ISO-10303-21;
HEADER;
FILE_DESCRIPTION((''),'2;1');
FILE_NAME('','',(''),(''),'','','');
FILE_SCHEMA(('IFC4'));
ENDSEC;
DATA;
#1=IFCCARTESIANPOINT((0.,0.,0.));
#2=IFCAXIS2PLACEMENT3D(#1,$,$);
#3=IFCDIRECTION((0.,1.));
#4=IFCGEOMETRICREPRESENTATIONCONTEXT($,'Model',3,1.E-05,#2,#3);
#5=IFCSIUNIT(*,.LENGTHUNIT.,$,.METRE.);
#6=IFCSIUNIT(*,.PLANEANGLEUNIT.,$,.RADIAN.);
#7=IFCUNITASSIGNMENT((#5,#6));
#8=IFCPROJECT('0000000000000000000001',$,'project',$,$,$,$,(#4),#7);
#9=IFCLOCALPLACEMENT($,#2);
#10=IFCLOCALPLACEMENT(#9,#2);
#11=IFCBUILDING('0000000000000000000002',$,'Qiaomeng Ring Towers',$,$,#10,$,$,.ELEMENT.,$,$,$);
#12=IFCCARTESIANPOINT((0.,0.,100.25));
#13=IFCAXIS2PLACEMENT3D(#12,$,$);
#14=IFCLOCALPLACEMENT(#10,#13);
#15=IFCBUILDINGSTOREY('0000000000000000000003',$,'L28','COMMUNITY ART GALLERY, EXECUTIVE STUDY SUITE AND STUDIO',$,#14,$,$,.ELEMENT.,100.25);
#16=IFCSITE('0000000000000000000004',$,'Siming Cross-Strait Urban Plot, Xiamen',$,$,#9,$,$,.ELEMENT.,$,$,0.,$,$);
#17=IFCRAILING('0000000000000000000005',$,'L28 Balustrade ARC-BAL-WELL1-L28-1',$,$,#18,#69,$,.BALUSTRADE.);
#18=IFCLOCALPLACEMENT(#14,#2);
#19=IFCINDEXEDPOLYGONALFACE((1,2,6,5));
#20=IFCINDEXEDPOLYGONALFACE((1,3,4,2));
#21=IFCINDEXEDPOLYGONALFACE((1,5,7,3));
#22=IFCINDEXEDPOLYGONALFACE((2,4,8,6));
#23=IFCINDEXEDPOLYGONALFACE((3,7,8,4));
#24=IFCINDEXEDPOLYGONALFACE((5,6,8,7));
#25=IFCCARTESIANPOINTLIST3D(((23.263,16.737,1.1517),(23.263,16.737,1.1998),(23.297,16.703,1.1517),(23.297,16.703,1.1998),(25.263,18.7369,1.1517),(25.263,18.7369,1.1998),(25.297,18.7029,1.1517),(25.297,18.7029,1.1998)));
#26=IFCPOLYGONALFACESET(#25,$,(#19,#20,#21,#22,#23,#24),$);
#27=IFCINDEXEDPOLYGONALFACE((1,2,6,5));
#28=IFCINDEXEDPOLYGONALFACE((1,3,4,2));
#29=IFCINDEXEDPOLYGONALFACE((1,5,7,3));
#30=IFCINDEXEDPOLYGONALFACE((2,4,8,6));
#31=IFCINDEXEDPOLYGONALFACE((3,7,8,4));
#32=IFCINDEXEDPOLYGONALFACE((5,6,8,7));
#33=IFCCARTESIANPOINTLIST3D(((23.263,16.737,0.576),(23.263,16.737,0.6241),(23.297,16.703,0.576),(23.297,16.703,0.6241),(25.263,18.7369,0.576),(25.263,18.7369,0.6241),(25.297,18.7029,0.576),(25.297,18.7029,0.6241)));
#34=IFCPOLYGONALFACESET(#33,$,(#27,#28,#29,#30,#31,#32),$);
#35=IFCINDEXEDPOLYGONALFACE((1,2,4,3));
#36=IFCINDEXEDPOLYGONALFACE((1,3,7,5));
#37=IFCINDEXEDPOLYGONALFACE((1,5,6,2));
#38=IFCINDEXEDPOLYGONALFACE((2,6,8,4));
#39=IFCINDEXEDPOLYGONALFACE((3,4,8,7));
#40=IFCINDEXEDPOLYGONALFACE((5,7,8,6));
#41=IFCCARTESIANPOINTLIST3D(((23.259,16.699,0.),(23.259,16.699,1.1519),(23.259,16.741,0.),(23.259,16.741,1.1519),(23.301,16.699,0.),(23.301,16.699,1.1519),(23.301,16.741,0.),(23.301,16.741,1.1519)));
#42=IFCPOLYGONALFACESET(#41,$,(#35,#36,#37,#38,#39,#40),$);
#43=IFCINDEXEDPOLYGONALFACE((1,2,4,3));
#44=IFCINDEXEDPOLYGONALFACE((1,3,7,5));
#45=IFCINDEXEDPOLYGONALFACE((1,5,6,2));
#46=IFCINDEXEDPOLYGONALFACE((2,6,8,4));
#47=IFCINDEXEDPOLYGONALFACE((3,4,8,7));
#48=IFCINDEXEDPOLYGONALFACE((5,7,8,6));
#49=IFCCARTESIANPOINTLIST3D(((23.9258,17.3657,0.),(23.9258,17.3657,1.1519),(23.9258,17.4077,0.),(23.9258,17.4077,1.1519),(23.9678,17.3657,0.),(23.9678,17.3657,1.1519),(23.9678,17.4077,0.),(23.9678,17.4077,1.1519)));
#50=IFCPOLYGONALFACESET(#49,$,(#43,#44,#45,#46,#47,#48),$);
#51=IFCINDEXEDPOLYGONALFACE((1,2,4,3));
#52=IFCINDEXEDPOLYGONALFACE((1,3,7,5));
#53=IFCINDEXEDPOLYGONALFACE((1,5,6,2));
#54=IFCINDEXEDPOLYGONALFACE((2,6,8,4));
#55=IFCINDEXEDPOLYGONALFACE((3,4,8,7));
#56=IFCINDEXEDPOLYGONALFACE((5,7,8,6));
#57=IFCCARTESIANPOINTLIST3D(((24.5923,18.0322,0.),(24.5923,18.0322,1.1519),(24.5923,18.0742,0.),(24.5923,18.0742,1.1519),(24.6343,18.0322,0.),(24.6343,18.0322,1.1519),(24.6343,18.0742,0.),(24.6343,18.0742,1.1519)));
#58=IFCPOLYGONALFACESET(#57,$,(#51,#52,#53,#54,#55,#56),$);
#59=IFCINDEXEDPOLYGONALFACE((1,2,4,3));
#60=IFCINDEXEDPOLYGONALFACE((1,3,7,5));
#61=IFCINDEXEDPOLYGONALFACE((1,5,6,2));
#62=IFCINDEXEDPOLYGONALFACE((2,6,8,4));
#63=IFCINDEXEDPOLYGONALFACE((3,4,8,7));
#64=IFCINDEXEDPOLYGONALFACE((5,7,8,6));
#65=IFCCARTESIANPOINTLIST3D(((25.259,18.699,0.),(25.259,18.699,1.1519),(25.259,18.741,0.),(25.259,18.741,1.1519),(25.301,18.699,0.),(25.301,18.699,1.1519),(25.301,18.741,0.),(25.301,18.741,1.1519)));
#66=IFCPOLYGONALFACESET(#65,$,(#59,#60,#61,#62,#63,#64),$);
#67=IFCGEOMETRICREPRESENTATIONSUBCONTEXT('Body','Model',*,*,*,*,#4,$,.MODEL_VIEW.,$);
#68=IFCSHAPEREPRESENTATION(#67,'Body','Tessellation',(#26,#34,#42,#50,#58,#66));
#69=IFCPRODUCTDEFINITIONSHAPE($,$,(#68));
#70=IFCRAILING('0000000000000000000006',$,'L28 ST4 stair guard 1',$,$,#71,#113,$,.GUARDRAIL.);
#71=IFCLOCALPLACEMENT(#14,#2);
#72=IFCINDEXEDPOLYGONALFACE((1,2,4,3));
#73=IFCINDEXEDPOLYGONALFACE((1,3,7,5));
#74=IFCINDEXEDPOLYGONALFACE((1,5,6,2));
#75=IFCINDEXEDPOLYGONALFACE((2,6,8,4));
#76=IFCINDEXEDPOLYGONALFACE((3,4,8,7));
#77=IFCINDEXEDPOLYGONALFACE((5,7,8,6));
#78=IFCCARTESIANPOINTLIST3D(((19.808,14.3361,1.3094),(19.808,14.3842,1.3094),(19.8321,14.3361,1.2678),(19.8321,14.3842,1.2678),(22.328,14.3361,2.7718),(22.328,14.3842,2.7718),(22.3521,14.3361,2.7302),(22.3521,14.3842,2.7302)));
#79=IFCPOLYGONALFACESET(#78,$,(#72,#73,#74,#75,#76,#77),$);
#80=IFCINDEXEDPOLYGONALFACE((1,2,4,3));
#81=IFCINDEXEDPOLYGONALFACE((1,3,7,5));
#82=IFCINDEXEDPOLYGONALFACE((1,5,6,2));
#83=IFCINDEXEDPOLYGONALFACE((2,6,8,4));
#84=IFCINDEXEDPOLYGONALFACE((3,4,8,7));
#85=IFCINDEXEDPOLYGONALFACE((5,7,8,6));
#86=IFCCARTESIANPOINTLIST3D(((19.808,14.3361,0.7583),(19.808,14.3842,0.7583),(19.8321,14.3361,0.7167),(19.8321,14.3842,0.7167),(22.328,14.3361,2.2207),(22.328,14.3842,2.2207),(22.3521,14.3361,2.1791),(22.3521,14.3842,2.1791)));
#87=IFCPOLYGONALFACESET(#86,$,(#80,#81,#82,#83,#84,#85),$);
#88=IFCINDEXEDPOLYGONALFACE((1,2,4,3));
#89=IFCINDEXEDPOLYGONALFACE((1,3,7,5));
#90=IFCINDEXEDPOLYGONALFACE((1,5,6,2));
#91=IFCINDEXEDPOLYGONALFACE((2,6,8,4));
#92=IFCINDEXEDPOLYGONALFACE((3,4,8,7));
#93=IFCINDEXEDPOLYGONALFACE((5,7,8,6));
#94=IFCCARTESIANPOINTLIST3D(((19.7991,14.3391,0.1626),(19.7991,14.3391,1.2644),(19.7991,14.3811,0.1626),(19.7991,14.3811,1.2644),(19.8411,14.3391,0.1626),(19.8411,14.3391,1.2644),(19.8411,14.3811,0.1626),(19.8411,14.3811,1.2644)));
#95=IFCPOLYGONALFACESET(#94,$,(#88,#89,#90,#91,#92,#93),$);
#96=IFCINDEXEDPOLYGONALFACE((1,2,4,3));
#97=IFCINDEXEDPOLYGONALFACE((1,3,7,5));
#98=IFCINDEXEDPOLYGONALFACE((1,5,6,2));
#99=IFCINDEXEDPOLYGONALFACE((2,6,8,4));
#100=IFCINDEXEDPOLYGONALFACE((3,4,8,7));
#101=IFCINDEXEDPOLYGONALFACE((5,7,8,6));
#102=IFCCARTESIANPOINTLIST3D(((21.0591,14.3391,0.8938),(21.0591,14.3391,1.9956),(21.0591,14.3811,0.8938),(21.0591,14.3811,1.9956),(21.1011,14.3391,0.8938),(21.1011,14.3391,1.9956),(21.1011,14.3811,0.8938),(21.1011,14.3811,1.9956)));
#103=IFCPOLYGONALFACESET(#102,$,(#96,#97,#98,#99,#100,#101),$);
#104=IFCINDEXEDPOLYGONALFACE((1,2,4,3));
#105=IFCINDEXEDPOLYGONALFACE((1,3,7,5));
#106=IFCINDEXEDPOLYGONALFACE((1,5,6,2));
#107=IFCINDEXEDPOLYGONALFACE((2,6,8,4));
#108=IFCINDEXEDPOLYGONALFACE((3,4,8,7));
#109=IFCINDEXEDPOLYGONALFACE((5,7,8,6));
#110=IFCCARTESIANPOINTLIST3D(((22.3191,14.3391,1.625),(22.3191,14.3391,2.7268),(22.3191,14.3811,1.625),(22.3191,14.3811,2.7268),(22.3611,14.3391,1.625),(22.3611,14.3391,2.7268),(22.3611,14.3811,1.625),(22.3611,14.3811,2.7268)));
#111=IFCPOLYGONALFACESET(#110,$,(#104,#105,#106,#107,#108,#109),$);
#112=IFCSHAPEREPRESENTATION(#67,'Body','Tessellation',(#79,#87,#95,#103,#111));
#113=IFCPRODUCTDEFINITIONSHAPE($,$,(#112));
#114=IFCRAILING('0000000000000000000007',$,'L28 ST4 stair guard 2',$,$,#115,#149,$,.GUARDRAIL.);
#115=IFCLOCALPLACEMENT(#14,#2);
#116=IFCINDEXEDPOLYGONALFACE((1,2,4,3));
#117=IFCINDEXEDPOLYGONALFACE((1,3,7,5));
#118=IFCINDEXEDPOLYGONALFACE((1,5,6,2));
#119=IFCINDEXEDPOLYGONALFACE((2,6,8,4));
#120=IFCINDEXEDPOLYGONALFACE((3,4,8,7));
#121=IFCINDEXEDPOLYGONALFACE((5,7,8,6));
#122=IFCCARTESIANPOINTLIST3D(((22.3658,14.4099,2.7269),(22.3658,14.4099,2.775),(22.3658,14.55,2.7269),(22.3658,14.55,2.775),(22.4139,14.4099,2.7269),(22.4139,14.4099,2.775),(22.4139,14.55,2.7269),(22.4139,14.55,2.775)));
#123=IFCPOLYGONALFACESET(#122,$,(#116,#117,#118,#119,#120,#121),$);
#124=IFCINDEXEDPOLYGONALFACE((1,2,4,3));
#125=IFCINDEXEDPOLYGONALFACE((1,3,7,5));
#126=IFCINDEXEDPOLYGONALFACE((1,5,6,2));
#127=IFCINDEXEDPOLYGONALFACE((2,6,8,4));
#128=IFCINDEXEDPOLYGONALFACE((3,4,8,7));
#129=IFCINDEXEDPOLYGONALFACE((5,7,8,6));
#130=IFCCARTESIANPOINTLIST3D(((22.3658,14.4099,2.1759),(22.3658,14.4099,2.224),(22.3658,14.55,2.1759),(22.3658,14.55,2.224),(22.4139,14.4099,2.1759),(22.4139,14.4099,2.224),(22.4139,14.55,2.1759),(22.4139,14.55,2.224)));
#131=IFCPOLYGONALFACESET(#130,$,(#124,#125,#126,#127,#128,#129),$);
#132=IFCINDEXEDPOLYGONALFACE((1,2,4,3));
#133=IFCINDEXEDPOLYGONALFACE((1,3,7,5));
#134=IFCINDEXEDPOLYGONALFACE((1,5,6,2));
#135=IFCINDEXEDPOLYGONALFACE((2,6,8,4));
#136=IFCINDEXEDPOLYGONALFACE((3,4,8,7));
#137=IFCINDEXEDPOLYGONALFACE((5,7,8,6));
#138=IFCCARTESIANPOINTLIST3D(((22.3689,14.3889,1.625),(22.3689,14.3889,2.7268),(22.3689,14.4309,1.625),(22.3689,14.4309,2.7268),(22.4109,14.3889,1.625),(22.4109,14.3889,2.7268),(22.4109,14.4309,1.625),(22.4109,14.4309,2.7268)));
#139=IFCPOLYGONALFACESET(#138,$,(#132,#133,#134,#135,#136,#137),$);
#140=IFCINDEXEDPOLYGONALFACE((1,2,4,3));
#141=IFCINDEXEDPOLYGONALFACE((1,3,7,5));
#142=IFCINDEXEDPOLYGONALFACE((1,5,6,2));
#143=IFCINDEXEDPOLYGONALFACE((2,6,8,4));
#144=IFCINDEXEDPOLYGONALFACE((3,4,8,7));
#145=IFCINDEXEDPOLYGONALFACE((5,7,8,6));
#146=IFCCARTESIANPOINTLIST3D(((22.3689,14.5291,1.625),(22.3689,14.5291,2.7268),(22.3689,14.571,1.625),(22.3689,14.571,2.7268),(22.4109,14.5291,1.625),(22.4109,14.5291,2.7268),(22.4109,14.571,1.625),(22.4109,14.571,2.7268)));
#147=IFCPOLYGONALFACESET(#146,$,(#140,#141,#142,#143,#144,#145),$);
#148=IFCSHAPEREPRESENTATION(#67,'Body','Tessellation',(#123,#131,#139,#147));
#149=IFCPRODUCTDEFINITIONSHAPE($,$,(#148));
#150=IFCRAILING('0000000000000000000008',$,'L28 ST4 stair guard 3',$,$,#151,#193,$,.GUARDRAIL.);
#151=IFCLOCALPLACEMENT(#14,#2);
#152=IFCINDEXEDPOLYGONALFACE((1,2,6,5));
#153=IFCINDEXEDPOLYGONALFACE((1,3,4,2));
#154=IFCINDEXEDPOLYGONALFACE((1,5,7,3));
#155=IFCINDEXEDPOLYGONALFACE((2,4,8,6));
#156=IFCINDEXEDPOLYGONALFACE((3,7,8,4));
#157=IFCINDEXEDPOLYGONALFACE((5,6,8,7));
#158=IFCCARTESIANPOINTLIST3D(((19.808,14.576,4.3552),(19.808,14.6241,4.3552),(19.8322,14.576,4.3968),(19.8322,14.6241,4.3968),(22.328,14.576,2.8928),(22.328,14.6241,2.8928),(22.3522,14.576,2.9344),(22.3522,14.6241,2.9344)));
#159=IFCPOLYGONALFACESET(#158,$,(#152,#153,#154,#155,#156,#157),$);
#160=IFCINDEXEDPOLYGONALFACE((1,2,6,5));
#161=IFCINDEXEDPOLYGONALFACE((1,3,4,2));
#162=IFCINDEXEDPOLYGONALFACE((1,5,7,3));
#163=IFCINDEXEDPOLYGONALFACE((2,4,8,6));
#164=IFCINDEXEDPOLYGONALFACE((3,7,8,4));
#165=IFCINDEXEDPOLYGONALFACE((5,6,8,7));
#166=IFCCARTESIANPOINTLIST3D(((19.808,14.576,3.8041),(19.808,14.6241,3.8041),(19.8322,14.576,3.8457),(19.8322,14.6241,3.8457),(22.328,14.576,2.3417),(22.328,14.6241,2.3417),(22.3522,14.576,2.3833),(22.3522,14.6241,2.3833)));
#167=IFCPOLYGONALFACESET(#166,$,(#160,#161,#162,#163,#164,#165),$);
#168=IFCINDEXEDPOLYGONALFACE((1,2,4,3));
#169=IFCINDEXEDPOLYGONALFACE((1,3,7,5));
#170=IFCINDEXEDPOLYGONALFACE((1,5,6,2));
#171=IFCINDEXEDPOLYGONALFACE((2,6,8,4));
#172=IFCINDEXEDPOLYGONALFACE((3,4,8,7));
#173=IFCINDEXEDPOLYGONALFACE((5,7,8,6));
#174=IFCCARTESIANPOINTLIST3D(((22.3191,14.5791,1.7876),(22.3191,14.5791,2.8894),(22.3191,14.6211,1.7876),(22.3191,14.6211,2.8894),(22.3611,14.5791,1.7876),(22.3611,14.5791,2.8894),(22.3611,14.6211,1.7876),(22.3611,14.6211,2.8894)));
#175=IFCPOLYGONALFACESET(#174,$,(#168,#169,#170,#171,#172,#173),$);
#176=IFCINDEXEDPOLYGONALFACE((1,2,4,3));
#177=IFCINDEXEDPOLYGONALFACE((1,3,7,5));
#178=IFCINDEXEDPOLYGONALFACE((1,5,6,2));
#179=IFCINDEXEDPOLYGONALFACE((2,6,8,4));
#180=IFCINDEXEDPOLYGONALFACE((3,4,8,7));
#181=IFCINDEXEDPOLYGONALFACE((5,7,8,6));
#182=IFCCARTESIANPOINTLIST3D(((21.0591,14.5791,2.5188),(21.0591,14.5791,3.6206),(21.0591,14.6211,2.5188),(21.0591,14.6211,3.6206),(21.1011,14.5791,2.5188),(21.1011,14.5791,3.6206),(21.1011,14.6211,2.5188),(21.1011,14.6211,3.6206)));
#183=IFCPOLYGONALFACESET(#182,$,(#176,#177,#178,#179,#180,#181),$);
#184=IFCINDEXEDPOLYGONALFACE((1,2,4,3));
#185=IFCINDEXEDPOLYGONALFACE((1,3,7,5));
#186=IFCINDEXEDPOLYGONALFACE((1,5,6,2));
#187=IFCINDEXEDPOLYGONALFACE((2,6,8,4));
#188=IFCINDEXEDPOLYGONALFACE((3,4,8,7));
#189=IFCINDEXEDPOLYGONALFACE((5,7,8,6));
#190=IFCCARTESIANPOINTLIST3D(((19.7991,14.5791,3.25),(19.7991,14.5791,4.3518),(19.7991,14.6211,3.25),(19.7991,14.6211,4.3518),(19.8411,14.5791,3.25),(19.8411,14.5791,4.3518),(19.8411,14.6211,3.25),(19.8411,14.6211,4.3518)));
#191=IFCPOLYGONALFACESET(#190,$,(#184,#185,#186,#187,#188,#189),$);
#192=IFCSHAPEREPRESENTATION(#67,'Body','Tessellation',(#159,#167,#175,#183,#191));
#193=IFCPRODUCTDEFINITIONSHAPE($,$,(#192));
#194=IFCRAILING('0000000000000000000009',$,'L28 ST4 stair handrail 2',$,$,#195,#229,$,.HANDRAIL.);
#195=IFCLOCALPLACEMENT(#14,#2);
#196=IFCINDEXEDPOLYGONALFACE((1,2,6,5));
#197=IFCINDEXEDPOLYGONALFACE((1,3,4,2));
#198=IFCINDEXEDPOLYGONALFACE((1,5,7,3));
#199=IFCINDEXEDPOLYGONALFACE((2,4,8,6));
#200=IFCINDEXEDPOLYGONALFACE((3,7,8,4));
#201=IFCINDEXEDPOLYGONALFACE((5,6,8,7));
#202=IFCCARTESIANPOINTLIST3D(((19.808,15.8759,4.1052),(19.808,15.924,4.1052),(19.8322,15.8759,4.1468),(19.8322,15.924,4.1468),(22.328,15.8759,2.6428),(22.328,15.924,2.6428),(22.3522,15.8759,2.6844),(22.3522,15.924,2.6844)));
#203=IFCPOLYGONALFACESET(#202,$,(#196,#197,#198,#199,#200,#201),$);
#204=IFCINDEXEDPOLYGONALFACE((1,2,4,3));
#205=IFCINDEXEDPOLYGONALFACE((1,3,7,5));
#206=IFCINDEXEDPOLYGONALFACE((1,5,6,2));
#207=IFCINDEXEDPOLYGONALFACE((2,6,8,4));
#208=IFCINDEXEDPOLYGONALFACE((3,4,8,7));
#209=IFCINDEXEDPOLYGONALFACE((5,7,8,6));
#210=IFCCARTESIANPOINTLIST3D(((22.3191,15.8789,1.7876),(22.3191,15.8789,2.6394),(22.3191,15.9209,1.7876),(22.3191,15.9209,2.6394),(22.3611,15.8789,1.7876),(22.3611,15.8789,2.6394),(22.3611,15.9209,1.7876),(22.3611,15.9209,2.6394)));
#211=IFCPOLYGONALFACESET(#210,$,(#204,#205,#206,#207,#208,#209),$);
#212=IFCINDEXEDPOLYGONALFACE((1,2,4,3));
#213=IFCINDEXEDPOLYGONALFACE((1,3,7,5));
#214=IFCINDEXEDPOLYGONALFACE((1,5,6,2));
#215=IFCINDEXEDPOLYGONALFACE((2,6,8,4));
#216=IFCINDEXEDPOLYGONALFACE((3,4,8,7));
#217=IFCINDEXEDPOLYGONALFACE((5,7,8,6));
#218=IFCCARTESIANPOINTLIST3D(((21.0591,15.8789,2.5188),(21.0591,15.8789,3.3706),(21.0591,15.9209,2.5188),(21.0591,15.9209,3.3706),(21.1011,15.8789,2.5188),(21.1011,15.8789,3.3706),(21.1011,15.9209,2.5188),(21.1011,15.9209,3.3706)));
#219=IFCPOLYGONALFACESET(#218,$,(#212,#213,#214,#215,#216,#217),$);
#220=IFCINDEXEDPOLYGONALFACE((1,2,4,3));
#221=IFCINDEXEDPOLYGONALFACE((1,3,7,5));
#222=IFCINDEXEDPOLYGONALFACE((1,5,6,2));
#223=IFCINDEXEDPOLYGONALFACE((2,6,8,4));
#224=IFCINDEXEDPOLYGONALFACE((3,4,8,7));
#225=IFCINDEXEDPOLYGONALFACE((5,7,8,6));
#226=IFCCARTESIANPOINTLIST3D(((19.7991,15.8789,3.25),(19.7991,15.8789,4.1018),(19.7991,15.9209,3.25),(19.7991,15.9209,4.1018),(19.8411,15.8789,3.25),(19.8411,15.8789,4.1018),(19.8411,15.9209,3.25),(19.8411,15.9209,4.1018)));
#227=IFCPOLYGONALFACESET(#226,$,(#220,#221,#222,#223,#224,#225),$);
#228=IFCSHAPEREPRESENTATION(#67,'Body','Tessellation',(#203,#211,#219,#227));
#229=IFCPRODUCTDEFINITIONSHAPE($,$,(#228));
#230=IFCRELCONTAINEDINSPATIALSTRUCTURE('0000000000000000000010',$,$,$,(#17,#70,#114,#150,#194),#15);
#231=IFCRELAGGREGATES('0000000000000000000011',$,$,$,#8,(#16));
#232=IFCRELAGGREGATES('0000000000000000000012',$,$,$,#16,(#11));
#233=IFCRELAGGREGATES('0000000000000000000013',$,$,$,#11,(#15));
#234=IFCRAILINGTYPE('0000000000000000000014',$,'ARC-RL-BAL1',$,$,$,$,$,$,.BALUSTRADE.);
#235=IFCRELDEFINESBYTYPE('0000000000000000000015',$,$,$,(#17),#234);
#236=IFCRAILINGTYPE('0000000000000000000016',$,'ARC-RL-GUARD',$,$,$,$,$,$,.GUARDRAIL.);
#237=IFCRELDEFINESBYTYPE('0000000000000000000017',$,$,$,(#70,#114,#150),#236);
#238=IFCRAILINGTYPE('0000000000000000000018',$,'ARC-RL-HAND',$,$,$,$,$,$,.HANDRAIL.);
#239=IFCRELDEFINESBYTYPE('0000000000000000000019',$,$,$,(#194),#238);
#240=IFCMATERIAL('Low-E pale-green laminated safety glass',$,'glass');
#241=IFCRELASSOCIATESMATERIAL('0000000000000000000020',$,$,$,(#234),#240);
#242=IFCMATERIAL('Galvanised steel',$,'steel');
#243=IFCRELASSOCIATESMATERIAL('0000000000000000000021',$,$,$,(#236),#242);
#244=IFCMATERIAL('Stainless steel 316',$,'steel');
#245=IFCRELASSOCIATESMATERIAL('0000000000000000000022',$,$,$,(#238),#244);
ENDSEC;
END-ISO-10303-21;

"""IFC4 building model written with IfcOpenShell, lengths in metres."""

from ifc_helpers import new_model, si_unit, direction, frame, origin, origin_2d, place, context, subcontext, project, spatial, rectangle, extrude, material, type_object, element, save


model = new_model("IFC4")

# Units and contexts
model_context = context("Model", 3, precision=1e-05, world=origin(), true_north=direction((0.0, 1.0)))
body_context = subcontext(model_context, "Body", "Model", "MODEL_VIEW")
ifc_project = project(units=[si_unit("LENGTHUNIT", "METRE"), si_unit("PLANEANGLEUNIT", "RADIAN")], contexts=[model_context])

# Site, building, storey
site_placement = place(None, origin())
site = spatial("IfcSite", under=ifc_project, at=site_placement, Name="Siming Cross-Strait Urban Plot, Xiamen", CompositionType="ELEMENT", RefElevation=0.0)
building_placement = place(site_placement, origin())
building = spatial("IfcBuilding", under=site, at=building_placement, Name="Qiaomeng Ring Towers", CompositionType="ELEMENT")
storey_placement = place(building_placement, frame((0.0, 0.0, 100.25)))
storey = spatial("IfcBuildingStorey", under=building, at=storey_placement, Name="L28", Description="COMMUNITY ART GALLERY, EXECUTIVE STUDY SUITE AND STUDIO", CompositionType="ELEMENT", Elevation=100.25)

# Shared definitions
ifc_material_1 = material(Name="Stainless steel 316", Category="steel")

# Railings
ifc_material_2 = material(Name="Low-E pale-green laminated safety glass", Category="glass")
railing_type_1 = type_object("IfcRailingType", Name="ARC-RL-BAL1", PredefinedType="BALUSTRADE", material=ifc_material_2)
railing_1_placement = place(storey_placement, frame((23.28, 16.72, 0.0)))
element("IfcRailing", 1, at=railing_1_placement, inside=storey, type_object=railing_type_1, Name="L28 Balustrade ARC-BAL-WELL1-L28-1", PredefinedType="BALUSTRADE", context=body_context, shape_type="SweptSolid", body=[
    extrude(rectangle(XDim=0.0481, YDim=0.0481, at=origin_2d()), frame((0.0, 0.0, 1.1758), z_axis=(0.707107, 0.707107, 0.0), x_axis=(-0.707107, 0.707107, 0.0)), (0.0, 0.0, 1.0), 2.8284),
    extrude(rectangle(XDim=0.0481, YDim=0.0481, at=origin_2d()), frame((0.0, 0.0, 0.6001), z_axis=(0.707107, 0.707107, 0.0), x_axis=(-0.707107, 0.707107, 0.0)), (0.0, 0.0, 1.0), 2.8284),
    extrude(rectangle(XDim=0.042, YDim=0.042, at=origin_2d()), origin(), (0.0, 0.0, 1.0), 1.1519),
    extrude(rectangle(XDim=0.042, YDim=0.042, at=origin_2d()), frame((0.6667, 0.6667, 0.0)), (0.0, 0.0, 1.0), 1.1519),
    extrude(rectangle(XDim=0.042, YDim=0.042, at=origin_2d()), frame((1.3333, 1.3333, 0.0)), (0.0, 0.0, 1.0), 1.1519),
    extrude(rectangle(XDim=0.042, YDim=0.042, at=origin_2d()), frame((2.0, 2.0, 0.0)), (0.0, 0.0, 1.0), 1.1519),
])
ifc_material_3 = material(Name="Galvanised steel", Category="steel")
railing_type_2 = type_object("IfcRailingType", Name="ARC-RL-GUARD", PredefinedType="GUARDRAIL", material=ifc_material_3)
railing_2_placement = place(storey_placement, frame((19.8201, 14.3601, 0.1626)))
element("IfcRailing", 2, at=railing_2_placement, inside=storey, type_object=railing_type_2, Name="L28 ST4 stair guard 1", PredefinedType="GUARDRAIL", context=body_context, shape_type="SweptSolid", body=[
    extrude(rectangle(XDim=0.0481, YDim=0.0481, at=origin_2d()), frame((0.0, 0.0, 1.126), z_axis=(0.864913, 0.0, 0.501921), x_axis=(0.0, 1.0, 0.0)), (0.0, 0.0, 1.0), 2.9136),
    extrude(rectangle(XDim=0.0481, YDim=0.0481, at=origin_2d()), frame((0.0, 0.0, 0.575), z_axis=(0.864913, 0.0, 0.501921), x_axis=(0.0, 1.0, 0.0)), (0.0, 0.0, 1.0), 2.9136),
    extrude(rectangle(XDim=0.042, YDim=0.042, at=origin_2d()), origin(), (0.0, 0.0, 1.0), 1.1018),
    extrude(rectangle(XDim=0.042, YDim=0.042, at=origin_2d()), frame((1.26, 0.0, 0.7312)), (0.0, 0.0, 1.0), 1.1018),
    extrude(rectangle(XDim=0.042, YDim=0.042, at=origin_2d()), frame((2.52, 0.0, 1.4624)), (0.0, 0.0, 1.0), 1.1018),
])
railing_3_placement = place(storey_placement, frame((22.3899, 14.4099, 1.625)))
element("IfcRailing", 3, at=railing_3_placement, inside=storey, type_object=railing_type_2, Name="L28 ST4 stair guard 2", PredefinedType="GUARDRAIL", context=body_context, shape_type="SweptSolid", body=[
    extrude(rectangle(XDim=0.0481, YDim=0.0481, at=origin_2d()), frame((0.0, 0.0, 1.126), z_axis=(0.0, 1.0, 0.0), x_axis=(-1.0, 0.0, 0.0)), (0.0, 0.0, 1.0), 0.1401),
    extrude(rectangle(XDim=0.0481, YDim=0.0481, at=origin_2d()), frame((0.0, 0.0, 0.575), z_axis=(0.0, 1.0, 0.0), x_axis=(-1.0, 0.0, 0.0)), (0.0, 0.0, 1.0), 0.1401),
    extrude(rectangle(XDim=0.042, YDim=0.042, at=origin_2d()), origin(), (0.0, 0.0, 1.0), 1.1018),
    extrude(rectangle(XDim=0.042, YDim=0.042, at=origin_2d()), frame((0.0, 0.1401, 0.0)), (0.0, 0.0, 1.0), 1.1018),
])
railing_4_placement = place(storey_placement, frame((22.3401, 14.6001, 1.7876)))
element("IfcRailing", 4, at=railing_4_placement, inside=storey, type_object=railing_type_2, Name="L28 ST4 stair guard 3", PredefinedType="GUARDRAIL", context=body_context, shape_type="SweptSolid", body=[
    extrude(rectangle(XDim=0.0481, YDim=0.0481, at=origin_2d()), frame((0.0, 0.0, 1.126), z_axis=(-0.864913, 0.0, 0.501921), x_axis=(0.0, -1.0, 0.0)), (0.0, 0.0, 1.0), 2.9136),
    extrude(rectangle(XDim=0.0481, YDim=0.0481, at=origin_2d()), frame((0.0, 0.0, 0.575), z_axis=(-0.864913, 0.0, 0.501921), x_axis=(0.0, -1.0, 0.0)), (0.0, 0.0, 1.0), 2.9136),
    extrude(rectangle(XDim=0.042, YDim=0.042, at=origin_2d()), origin(), (0.0, 0.0, 1.0), 1.1018),
    extrude(rectangle(XDim=0.042, YDim=0.042, at=origin_2d()), frame((-1.26, 0.0, 0.7312)), (0.0, 0.0, 1.0), 1.1018),
    extrude(rectangle(XDim=0.042, YDim=0.042, at=origin_2d()), frame((-2.52, 0.0, 1.4624)), (0.0, 0.0, 1.0), 1.1018),
])
railing_type_3 = type_object("IfcRailingType", Name="ARC-RL-HAND", PredefinedType="HANDRAIL", material=ifc_material_1)
railing_5_placement = place(storey_placement, frame((22.3401, 15.8999, 1.7876)))
element("IfcRailing", 5, at=railing_5_placement, inside=storey, type_object=railing_type_3, Name="L28 ST4 stair handrail 2", PredefinedType="HANDRAIL", context=body_context, shape_type="SweptSolid", body=[
    extrude(rectangle(XDim=0.0481, YDim=0.0481, at=origin_2d()), frame((0.0, 0.0, 0.876), z_axis=(-0.864913, 0.0, 0.501921), x_axis=(0.0, -1.0, 0.0)), (0.0, 0.0, 1.0), 2.9136),
    extrude(rectangle(XDim=0.042, YDim=0.042, at=origin_2d()), origin(), (0.0, 0.0, 1.0), 0.8518),
    extrude(rectangle(XDim=0.042, YDim=0.042, at=origin_2d()), frame((-1.26, 0.0, 0.7312)), (0.0, 0.0, 1.0), 0.8518),
    extrude(rectangle(XDim=0.042, YDim=0.042, at=origin_2d()), frame((-2.52, 0.0, 1.4624)), (0.0, 0.0, 1.0), 0.8518),
])

save(model, "model.ifc")
